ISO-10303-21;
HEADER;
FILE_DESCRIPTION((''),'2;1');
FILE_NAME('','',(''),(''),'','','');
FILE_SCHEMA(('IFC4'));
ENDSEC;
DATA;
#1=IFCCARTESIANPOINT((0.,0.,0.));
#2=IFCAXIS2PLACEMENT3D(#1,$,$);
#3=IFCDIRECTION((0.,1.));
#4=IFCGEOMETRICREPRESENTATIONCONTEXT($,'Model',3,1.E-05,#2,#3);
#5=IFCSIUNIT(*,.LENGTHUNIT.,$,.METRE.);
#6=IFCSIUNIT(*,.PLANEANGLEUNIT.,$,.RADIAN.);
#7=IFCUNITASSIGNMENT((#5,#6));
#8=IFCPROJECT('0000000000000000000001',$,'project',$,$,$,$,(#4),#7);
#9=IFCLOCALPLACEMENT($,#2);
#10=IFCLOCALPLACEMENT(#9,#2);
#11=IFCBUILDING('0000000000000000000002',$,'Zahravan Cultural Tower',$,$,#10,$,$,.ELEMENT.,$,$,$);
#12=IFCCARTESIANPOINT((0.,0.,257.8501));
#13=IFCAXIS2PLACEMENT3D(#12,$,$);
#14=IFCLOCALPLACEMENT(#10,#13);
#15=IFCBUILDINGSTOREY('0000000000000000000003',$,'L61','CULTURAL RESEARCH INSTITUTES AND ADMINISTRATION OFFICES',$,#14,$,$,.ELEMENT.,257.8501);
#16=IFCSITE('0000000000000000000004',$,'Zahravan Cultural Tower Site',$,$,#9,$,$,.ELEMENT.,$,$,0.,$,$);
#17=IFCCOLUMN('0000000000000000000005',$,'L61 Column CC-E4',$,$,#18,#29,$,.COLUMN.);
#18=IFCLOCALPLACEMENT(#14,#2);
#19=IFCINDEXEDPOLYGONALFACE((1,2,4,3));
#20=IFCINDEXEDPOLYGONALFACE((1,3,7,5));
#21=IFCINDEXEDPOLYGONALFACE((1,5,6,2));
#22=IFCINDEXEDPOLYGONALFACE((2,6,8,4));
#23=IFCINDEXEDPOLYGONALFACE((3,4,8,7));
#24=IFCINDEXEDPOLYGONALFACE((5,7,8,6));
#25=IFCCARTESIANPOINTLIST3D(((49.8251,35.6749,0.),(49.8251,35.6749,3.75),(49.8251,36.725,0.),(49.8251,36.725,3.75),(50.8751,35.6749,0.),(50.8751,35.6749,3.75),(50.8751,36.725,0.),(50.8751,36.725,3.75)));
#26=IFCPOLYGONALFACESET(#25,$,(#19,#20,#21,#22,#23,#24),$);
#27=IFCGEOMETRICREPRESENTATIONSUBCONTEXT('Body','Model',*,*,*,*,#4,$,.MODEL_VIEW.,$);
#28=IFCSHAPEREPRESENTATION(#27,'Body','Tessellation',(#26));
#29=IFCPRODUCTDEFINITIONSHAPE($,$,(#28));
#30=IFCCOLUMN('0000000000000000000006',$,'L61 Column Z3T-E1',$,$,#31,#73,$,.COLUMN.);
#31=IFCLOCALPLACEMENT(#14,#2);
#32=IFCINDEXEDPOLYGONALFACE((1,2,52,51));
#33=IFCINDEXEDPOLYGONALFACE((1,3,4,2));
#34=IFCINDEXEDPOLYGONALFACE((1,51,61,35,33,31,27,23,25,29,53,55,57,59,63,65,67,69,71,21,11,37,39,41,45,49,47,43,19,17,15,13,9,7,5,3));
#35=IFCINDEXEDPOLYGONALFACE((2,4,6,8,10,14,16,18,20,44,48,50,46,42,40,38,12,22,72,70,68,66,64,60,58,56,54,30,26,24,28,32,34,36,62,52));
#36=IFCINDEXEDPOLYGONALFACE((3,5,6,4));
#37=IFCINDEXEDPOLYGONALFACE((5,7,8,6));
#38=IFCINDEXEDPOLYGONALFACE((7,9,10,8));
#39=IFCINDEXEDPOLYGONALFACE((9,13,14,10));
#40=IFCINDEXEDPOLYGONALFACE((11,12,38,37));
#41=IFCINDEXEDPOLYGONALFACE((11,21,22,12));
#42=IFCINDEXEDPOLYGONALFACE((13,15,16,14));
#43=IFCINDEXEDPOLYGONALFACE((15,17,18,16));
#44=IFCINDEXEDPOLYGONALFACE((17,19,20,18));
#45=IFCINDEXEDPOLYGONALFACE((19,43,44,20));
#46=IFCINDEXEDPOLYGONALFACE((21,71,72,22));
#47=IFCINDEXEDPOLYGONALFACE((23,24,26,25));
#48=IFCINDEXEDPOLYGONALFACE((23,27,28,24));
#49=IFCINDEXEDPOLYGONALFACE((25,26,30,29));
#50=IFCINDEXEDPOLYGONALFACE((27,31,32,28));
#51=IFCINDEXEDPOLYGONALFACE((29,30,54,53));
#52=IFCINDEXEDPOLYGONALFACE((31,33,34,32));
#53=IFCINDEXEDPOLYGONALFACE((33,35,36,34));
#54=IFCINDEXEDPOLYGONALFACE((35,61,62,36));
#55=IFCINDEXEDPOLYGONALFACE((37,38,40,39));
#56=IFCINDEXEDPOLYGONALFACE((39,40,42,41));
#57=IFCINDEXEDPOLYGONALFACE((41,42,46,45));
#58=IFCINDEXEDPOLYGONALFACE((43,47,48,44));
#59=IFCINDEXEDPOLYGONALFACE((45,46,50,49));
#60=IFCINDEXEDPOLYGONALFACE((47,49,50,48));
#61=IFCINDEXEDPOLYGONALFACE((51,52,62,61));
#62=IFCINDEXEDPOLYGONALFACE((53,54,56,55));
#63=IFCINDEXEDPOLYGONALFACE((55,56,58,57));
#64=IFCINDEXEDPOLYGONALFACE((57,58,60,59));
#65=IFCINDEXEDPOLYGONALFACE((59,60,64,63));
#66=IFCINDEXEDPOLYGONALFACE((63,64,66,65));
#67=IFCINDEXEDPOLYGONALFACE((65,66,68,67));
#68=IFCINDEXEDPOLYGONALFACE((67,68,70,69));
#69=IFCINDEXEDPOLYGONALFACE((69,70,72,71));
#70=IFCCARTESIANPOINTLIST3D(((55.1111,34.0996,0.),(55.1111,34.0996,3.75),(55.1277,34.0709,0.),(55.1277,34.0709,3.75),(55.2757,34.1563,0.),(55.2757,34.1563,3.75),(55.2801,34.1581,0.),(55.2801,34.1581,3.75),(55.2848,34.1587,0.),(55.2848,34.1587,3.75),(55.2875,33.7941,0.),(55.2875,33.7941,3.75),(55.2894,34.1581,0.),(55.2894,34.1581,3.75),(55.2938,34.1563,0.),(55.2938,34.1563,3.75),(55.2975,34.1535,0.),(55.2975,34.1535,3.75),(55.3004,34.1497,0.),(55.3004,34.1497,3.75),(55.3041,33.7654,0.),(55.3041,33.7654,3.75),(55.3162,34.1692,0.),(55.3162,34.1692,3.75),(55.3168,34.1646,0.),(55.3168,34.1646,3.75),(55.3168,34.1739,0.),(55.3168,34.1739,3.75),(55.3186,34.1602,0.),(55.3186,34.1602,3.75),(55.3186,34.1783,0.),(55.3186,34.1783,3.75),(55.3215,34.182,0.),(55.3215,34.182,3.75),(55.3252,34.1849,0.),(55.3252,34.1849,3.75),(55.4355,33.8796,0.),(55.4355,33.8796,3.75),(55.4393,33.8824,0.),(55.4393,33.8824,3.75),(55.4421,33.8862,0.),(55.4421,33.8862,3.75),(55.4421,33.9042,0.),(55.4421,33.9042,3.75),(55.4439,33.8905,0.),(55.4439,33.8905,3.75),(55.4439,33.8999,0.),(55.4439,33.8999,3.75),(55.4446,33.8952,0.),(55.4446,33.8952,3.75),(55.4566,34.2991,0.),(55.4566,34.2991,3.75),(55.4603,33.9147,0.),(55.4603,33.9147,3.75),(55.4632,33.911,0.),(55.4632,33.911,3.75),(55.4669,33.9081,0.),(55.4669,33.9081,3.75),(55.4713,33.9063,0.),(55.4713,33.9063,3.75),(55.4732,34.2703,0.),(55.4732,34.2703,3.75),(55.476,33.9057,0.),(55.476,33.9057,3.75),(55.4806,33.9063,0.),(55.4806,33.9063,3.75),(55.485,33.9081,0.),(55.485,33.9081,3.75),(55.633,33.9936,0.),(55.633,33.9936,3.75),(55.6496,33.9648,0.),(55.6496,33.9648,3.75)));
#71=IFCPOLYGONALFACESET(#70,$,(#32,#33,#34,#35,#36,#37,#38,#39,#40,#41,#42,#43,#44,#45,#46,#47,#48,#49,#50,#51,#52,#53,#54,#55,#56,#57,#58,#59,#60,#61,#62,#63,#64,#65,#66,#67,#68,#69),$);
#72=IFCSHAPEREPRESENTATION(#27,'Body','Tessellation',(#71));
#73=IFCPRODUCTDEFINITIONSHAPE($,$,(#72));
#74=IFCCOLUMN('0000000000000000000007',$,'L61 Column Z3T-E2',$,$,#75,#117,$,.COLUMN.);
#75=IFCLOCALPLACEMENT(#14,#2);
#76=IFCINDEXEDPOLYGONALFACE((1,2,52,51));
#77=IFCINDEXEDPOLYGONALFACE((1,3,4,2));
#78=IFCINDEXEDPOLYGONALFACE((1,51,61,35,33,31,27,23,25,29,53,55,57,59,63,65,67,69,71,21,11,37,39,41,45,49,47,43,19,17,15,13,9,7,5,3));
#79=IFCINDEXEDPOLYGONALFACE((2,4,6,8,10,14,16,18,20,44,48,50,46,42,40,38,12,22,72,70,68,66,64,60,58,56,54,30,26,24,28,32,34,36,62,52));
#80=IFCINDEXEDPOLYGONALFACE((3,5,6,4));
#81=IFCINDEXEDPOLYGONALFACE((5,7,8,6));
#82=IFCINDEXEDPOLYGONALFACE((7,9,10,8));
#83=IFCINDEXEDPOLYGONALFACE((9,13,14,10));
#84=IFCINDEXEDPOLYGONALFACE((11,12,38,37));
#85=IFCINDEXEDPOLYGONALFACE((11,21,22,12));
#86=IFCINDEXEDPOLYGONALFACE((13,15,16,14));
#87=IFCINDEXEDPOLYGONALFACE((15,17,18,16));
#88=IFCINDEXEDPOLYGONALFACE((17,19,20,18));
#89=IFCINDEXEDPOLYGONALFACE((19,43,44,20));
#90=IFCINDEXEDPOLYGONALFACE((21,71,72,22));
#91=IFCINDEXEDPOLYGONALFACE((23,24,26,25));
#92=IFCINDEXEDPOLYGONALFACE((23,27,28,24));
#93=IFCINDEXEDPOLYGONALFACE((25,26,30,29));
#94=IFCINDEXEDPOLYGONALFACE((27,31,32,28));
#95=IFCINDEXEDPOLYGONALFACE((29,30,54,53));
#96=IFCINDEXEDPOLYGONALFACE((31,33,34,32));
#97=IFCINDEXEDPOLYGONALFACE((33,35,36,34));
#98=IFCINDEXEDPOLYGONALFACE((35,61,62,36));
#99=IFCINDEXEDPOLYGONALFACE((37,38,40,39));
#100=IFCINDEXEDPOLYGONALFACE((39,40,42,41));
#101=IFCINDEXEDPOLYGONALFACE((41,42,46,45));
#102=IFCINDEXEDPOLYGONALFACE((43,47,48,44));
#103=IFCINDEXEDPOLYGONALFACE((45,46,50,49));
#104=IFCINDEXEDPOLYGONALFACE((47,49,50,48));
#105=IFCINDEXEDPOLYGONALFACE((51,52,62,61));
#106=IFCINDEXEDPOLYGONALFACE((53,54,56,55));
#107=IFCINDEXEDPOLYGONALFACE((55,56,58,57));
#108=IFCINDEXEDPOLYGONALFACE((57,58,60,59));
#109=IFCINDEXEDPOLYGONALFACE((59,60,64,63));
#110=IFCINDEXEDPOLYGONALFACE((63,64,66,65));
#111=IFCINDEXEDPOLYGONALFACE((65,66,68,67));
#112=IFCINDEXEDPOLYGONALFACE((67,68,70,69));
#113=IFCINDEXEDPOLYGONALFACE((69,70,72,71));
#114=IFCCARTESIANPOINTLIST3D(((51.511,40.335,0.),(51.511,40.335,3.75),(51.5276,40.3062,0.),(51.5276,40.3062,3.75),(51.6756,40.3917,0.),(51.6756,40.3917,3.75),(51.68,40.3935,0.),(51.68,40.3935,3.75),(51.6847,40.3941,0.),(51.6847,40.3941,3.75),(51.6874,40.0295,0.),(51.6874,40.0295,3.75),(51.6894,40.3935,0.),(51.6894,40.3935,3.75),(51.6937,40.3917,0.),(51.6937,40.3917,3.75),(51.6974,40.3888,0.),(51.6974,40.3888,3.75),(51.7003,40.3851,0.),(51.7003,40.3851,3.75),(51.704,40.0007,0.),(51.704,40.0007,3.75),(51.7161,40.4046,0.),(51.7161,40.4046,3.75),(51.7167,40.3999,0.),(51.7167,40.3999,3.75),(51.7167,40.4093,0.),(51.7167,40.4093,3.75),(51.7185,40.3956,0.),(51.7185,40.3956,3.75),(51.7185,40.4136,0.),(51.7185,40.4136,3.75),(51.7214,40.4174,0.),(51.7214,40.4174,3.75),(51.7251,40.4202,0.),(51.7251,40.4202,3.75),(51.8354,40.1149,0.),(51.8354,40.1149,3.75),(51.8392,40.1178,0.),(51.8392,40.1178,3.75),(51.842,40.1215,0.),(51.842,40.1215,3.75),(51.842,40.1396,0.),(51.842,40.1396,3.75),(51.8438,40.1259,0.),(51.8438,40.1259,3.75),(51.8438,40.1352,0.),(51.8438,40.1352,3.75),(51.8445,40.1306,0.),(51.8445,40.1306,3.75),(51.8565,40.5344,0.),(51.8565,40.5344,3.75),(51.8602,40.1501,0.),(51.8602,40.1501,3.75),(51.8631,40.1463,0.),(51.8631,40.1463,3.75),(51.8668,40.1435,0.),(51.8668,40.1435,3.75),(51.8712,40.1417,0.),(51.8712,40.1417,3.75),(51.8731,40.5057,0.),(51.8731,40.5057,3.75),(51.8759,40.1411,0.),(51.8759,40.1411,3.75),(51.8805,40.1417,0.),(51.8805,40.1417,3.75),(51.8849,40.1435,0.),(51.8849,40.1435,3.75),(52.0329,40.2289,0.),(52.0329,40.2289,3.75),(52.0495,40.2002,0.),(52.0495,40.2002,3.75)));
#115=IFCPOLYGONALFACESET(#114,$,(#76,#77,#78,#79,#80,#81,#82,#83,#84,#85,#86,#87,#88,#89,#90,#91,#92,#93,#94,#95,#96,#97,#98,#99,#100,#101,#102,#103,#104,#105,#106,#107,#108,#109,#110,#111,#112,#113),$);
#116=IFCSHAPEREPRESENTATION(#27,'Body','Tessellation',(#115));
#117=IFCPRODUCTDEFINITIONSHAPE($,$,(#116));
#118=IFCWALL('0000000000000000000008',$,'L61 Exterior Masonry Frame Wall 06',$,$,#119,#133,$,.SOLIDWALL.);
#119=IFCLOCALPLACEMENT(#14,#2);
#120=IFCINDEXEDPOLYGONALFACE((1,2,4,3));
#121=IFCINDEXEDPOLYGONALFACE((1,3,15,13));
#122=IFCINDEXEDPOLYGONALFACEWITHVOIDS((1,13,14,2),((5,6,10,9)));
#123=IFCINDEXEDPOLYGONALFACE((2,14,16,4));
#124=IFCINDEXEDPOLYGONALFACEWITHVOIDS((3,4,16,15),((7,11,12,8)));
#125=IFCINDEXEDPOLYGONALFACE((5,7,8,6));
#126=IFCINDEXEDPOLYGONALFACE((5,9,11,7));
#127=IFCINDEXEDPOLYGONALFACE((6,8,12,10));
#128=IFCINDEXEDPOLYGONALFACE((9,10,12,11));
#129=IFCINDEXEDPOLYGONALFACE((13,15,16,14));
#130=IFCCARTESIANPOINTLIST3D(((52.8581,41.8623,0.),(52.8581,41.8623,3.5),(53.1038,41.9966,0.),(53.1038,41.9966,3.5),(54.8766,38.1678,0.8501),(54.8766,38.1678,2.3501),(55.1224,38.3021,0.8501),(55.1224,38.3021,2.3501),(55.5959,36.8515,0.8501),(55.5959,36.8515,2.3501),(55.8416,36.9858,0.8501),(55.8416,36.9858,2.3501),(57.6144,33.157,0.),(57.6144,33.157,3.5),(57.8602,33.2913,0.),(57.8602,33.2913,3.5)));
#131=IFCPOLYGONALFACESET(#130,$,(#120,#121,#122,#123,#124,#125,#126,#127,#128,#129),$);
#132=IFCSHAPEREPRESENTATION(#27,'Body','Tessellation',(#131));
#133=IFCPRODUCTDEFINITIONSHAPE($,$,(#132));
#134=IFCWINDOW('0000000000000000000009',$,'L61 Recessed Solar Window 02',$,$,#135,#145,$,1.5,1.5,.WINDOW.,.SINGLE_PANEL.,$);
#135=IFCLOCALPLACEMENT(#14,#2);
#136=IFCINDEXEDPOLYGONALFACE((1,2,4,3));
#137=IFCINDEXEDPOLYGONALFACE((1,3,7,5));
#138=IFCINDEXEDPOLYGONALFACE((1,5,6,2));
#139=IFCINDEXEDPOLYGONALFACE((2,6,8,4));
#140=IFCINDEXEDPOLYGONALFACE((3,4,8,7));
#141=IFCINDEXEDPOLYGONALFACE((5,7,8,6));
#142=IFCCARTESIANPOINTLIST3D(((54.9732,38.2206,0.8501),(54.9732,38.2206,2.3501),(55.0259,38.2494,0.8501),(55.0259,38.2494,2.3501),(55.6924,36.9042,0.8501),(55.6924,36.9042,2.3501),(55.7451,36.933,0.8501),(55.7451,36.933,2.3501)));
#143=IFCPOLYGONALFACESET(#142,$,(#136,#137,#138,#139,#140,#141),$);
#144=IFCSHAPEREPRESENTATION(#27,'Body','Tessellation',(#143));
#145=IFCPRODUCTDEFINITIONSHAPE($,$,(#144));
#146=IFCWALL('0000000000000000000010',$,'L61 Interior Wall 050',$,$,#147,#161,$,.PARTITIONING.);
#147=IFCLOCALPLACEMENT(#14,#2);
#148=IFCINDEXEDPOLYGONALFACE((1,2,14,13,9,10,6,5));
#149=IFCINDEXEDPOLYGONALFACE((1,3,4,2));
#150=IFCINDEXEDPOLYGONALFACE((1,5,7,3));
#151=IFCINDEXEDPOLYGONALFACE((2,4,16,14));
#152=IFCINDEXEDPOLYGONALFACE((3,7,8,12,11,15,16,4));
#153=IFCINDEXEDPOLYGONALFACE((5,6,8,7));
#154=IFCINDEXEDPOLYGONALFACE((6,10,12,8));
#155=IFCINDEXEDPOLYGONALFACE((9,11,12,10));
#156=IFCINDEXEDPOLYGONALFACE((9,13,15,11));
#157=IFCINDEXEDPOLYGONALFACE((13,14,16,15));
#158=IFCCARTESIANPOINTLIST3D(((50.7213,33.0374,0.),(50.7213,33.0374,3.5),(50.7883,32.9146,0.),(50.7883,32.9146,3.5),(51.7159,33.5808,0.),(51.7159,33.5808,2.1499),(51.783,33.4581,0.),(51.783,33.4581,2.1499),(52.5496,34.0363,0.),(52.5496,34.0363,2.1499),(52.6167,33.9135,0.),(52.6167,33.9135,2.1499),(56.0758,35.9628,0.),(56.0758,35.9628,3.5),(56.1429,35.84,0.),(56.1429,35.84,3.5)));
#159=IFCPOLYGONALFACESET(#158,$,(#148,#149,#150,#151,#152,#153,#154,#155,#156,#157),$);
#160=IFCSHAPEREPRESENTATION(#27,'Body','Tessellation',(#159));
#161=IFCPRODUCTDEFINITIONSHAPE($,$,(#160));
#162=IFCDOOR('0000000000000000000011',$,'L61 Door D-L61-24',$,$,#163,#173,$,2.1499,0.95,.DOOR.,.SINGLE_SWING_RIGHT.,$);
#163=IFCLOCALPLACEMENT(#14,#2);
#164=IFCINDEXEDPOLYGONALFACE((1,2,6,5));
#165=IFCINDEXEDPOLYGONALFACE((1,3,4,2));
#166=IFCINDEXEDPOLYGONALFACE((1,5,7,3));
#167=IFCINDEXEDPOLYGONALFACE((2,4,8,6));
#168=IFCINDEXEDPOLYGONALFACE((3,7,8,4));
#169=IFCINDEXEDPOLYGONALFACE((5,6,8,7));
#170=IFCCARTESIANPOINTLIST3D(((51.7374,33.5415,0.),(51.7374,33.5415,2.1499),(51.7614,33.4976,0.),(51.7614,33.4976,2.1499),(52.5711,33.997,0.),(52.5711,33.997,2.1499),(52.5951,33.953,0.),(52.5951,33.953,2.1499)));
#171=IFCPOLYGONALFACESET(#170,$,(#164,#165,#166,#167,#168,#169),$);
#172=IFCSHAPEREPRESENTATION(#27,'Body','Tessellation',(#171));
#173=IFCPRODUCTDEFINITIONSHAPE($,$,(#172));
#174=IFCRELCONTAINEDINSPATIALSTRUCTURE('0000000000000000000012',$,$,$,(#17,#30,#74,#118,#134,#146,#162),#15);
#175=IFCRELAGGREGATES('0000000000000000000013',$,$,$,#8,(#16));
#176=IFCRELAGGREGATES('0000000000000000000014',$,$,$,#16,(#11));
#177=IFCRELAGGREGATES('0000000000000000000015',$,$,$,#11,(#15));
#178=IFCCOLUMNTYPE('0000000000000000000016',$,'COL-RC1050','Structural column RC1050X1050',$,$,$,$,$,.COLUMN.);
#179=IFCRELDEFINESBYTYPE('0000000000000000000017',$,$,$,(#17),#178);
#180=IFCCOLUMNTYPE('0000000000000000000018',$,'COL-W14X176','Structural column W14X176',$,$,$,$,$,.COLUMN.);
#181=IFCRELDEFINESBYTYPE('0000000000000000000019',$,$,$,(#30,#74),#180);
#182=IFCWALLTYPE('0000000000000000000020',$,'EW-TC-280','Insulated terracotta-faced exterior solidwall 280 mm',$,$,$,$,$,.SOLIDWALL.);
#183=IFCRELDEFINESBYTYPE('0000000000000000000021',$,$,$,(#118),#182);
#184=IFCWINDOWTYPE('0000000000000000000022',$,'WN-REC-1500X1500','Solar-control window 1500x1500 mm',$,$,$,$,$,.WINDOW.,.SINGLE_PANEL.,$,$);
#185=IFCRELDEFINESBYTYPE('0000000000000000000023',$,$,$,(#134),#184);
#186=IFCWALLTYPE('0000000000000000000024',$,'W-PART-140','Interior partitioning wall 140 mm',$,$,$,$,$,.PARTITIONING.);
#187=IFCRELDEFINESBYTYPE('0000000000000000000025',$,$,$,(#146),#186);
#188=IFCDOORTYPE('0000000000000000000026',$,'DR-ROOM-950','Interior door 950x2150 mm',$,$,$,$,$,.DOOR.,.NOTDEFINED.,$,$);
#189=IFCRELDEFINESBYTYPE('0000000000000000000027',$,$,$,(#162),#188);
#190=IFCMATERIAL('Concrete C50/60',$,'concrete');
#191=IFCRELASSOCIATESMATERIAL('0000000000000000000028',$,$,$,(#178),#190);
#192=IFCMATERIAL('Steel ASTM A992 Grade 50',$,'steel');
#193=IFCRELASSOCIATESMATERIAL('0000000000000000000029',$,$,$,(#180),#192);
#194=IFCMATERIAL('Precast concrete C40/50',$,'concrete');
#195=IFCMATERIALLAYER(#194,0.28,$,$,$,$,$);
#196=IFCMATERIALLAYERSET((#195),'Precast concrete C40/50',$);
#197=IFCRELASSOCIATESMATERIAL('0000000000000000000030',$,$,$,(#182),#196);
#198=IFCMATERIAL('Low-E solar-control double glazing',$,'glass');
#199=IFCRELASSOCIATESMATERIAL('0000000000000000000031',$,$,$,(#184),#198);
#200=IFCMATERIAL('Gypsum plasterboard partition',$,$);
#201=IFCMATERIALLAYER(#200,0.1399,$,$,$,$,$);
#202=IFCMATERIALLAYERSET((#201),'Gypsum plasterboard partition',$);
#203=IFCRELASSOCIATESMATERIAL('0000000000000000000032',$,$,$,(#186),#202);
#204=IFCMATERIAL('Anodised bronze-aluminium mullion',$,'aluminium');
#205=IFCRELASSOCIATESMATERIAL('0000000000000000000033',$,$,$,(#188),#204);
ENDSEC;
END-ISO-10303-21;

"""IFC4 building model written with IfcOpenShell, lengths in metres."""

from ifc_helpers import new_model, si_unit, direction, frame, frame_2d, origin, origin_2d, place, context, subcontext, project, spatial, rectangle, i_section, extrude, source, transform, mapped, material, layer, layer_set, material_profile, profile_set, type_object, element, fill, save


model = new_model("IFC4")

# Units and contexts
model_context = context("Model", 3, precision=1e-05, world=origin(), true_north=direction((0.0, 1.0)))
body_context = subcontext(model_context, "Body", "Model", "MODEL_VIEW")
ifc_project = project(units=[si_unit("LENGTHUNIT", "METRE"), si_unit("PLANEANGLEUNIT", "RADIAN")], contexts=[model_context])

# Site, building, storey
site_placement = place(None, origin())
site = spatial("IfcSite", under=ifc_project, at=site_placement, Name="Zahravan Cultural Tower Site", CompositionType="ELEMENT", RefElevation=0.0)
building_placement = place(site_placement, origin())
building = spatial("IfcBuilding", under=site, at=building_placement, Name="Zahravan Cultural Tower", CompositionType="ELEMENT")
storey_placement = place(building_placement, frame((0.0, 0.0, 257.8501)))
storey = spatial("IfcBuildingStorey", under=building, at=storey_placement, Name="L61", Description="CULTURAL RESEARCH INSTITUTES AND ADMINISTRATION OFFICES", CompositionType="ELEMENT", Elevation=257.8501)

# Columns
ifc_material_1 = material(Name="Concrete C50/60", Category="concrete")
ifc_material_profile_1 = material_profile(ifc_material_1, rectangle(XDim=1.05, YDim=1.05, at=origin_2d()), Name="RC1050X1050")
ifc_profile_set_1 = profile_set([ifc_material_profile_1], Name="Concrete C50/60")
column_type_1 = type_object("IfcColumnType", Name="COL-RC1050", Description="Structural column RC1050X1050", PredefinedType="COLUMN", material=ifc_profile_set_1)
shared_shape_1 = source(origin(), body_context, "Body", "SweptSolid", [
    extrude(rectangle(XDim=1.05, YDim=1.05, at=origin_2d()), origin(), (0.0, 0.0, 1.0), 3.75),
])
column_placement = place(storey_placement, frame((50.3501, 36.2, 0.0), z_axis=(0.0, 0.0, 1.0), x_axis=(1.0, 0.0, 0.0)))
element("IfcColumn", 1, at=column_placement, inside=storey, type_object=column_type_1, Name="L61 Column CC-E4", PredefinedType="COLUMN", context=body_context, shape_type="MappedRepresentation", body=[
    mapped(shared_shape_1, transform((0.0, 0.0, 0.0), x_axis=(1.0, 0.0, 0.0), y_axis=(0.0, 1.0, 0.0), z_axis=(0.0, 0.0, 1.0), scale=1.0)),
])
ifc_material_2 = material(Name="Steel ASTM A992 Grade 50", Category="steel")
ifc_material_profile_2 = material_profile(ifc_material_2, i_section(OverallWidth=0.3989, OverallDepth=0.386, WebThickness=0.021, FlangeThickness=0.0332, FilletRadius=0.0181, at=origin_2d()), Name="W14X176")
ifc_profile_set_2 = profile_set([ifc_material_profile_2], Name="Steel ASTM A992 Grade 50")
column_type_2 = type_object("IfcColumnType", Name="COL-W14X176", Description="Structural column W14X176", PredefinedType="COLUMN", material=ifc_profile_set_2)
shared_shape_2 = source(origin(), body_context, "Body", "SweptSolid", [
    extrude(i_section(OverallWidth=0.3989, OverallDepth=0.386, WebThickness=0.021, FlangeThickness=0.0332, FilletRadius=0.0181, at=origin_2d()), origin(), (0.0, 0.0, 1.0), 3.75),
])
for number, where, z_axis, x_axis, name in (
    (2, (55.3804, 34.0322, 0.0), (0.0, 0.0, 1.0), (0.866025, 0.5, 0.0), "L61 Column Z3T-E1"),
    (3, (51.7803, 40.2676, 0.0), (0.0, 0.0, 1.0), (0.866025, 0.5, 0.0), "L61 Column Z3T-E2"),
):
    element("IfcColumn", number, at=place(storey_placement, frame(where, z_axis=z_axis, x_axis=x_axis)), inside=storey, type_object=column_type_2, Name=name, PredefinedType="COLUMN", context=body_context, shape_type="MappedRepresentation", body=[
        mapped(shared_shape_2, transform((0.0, 0.0, 0.0), x_axis=(1.0, 0.0, 0.0), y_axis=(0.0, 1.0, 0.0), z_axis=(0.0, 0.0, 1.0), scale=1.0)),
    ])

# Wall, opening, window
ifc_material_3 = material(Name="Precast concrete C40/50", Category="concrete")
ifc_layer_1 = layer(ifc_material_3, 0.28)
ifc_layer_set_1 = layer_set([ifc_layer_1], Name="Precast concrete C40/50")
wall_type_1 = type_object("IfcWallType", Name="EW-TC-280", Description="Insulated terracotta-faced exterior solidwall 280 mm", PredefinedType="SOLIDWALL", material=ifc_layer_set_1)
wall_1_placement = place(storey_placement, frame((52.981, 41.9294, 0.0), z_axis=(0.0, 0.0, 1.0), x_axis=(0.479473, -0.877557, 0.0)))
wall_1 = element("IfcWall", 4, at=wall_1_placement, inside=storey, type_object=wall_type_1, Name="L61 Exterior Masonry Frame Wall 06", PredefinedType="SOLIDWALL", context=body_context, shape_type="SweptSolid", body=[
    extrude(rectangle(XDim=9.9199, YDim=0.28, at=frame_2d((4.96, 0.0))), origin(), (0.0, 0.0, 1.0), 3.5),
])
opening_1_placement = place(wall_1_placement, frame((4.21, 0.0, 0.8501)))
opening_1 = element("IfcOpeningElement", 5, at=opening_1_placement, cuts=wall_1, PredefinedType="OPENING", context=body_context, shape_type="SweptSolid", body=[
    extrude(rectangle(XDim=1.5, YDim=1.5, at=frame_2d((0.75, 0.75))), frame((0.0, 0.1499, 0.0), z_axis=(0.0, -1.0, 0.0), x_axis=(1.0, 0.0, 0.0)), (0.0, 0.0, 1.0), 0.3),
])
ifc_material_4 = material(Name="Low-E solar-control double glazing", Category="glass")
window_type = type_object("IfcWindowType", Name="WN-REC-1500X1500", Description="Solar-control window 1500x1500 mm", PartitioningType="SINGLE_PANEL", PredefinedType="WINDOW", material=ifc_material_4)
shared_shape_3 = source(origin(), body_context, "Body", "SweptSolid", [
    extrude(rectangle(XDim=1.5, YDim=1.5, at=frame_2d((0.75, 0.75))), frame((0.0, 0.03, 0.0), z_axis=(0.0, -1.0, 0.0), x_axis=(1.0, 0.0, 0.0)), (0.0, 0.0, 1.0), 0.0601),
])
window_placement = place(opening_1_placement, origin())
window = element("IfcWindow", 6, at=window_placement, inside=storey, type_object=window_type, Name="L61 Recessed Solar Window 02", OverallHeight=1.5, OverallWidth=1.5, PartitioningType="SINGLE_PANEL", PredefinedType="WINDOW", context=body_context, shape_type="MappedRepresentation", body=[
    mapped(shared_shape_3, transform((0.0, 0.0, 0.0), x_axis=(1.0, 0.0, 0.0), y_axis=(0.0, 1.0, 0.0), z_axis=(0.0, 0.0, 1.0), scale=1.0)),
])
fill(opening_1, window)

# Wall, opening, door
ifc_material_5 = material(Name="Gypsum plasterboard partition")
ifc_layer_2 = layer(ifc_material_5, 0.1399)
ifc_layer_set_2 = layer_set([ifc_layer_2], Name="Gypsum plasterboard partition")
wall_type_2 = type_object("IfcWallType", Name="W-PART-140", Description="Interior partitioning wall 140 mm", PredefinedType="PARTITIONING", material=ifc_layer_set_2)
wall_2_placement = place(storey_placement, frame((56.1094, 35.9014, 0.0), z_axis=(0.0, 0.0, 1.0), x_axis=(-0.877574, -0.479441, 0.0)))
wall_2 = element("IfcWall", 7, at=wall_2_placement, inside=storey, type_object=wall_type_2, Name="L61 Interior Wall 050", PredefinedType="PARTITIONING", context=body_context, shape_type="SweptSolid", body=[
    extrude(rectangle(XDim=6.1016, YDim=0.1399, at=frame_2d((3.0508, 0.0))), origin(), (0.0, 0.0, 1.0), 3.5),
])
opening_2_placement = place(wall_2_placement, frame((4.0181, 0.0, 0.0)))
opening_2 = element("IfcOpeningElement", 8, at=opening_2_placement, cuts=wall_2, PredefinedType="OPENING", context=body_context, shape_type="SweptSolid", body=[
    extrude(rectangle(XDim=0.95, YDim=2.1499, at=frame_2d((0.4751, 1.075))), frame((0.0, 0.0798, 0.0), z_axis=(0.0, -1.0, 0.0), x_axis=(1.0, 0.0, 0.0)), (0.0, 0.0, 1.0), 0.1599),
])
ifc_material_6 = material(Name="Anodised bronze-aluminium mullion", Category="aluminium")
door_type = type_object("IfcDoorType", Name="DR-ROOM-950", Description="Interior door 950x2150 mm", OperationType="NOTDEFINED", PredefinedType="DOOR", material=ifc_material_6)
shared_shape_4 = source(origin(), body_context, "Body", "SweptSolid", [
    extrude(rectangle(XDim=0.95, YDim=2.1499, at=frame_2d((0.4751, 1.075))), frame((0.0, 0.0249, 0.0), z_axis=(0.0, -1.0, 0.0), x_axis=(1.0, 0.0, 0.0)), (0.0, 0.0, 1.0), 0.05),
])
door_placement = place(opening_2_placement, origin())
door = element("IfcDoor", 9, at=door_placement, inside=storey, type_object=door_type, Name="L61 Door D-L61-24", OperationType="SINGLE_SWING_RIGHT", OverallHeight=2.1499, OverallWidth=0.95, PredefinedType="DOOR", context=body_context, shape_type="MappedRepresentation", body=[
    mapped(shared_shape_4, transform((0.0, 0.0, 0.0), x_axis=(1.0, 0.0, 0.0), y_axis=(0.0, 1.0, 0.0), z_axis=(0.0, 0.0, 1.0), scale=1.0)),
])
fill(opening_2, door)

save(model, "model.ifc")
